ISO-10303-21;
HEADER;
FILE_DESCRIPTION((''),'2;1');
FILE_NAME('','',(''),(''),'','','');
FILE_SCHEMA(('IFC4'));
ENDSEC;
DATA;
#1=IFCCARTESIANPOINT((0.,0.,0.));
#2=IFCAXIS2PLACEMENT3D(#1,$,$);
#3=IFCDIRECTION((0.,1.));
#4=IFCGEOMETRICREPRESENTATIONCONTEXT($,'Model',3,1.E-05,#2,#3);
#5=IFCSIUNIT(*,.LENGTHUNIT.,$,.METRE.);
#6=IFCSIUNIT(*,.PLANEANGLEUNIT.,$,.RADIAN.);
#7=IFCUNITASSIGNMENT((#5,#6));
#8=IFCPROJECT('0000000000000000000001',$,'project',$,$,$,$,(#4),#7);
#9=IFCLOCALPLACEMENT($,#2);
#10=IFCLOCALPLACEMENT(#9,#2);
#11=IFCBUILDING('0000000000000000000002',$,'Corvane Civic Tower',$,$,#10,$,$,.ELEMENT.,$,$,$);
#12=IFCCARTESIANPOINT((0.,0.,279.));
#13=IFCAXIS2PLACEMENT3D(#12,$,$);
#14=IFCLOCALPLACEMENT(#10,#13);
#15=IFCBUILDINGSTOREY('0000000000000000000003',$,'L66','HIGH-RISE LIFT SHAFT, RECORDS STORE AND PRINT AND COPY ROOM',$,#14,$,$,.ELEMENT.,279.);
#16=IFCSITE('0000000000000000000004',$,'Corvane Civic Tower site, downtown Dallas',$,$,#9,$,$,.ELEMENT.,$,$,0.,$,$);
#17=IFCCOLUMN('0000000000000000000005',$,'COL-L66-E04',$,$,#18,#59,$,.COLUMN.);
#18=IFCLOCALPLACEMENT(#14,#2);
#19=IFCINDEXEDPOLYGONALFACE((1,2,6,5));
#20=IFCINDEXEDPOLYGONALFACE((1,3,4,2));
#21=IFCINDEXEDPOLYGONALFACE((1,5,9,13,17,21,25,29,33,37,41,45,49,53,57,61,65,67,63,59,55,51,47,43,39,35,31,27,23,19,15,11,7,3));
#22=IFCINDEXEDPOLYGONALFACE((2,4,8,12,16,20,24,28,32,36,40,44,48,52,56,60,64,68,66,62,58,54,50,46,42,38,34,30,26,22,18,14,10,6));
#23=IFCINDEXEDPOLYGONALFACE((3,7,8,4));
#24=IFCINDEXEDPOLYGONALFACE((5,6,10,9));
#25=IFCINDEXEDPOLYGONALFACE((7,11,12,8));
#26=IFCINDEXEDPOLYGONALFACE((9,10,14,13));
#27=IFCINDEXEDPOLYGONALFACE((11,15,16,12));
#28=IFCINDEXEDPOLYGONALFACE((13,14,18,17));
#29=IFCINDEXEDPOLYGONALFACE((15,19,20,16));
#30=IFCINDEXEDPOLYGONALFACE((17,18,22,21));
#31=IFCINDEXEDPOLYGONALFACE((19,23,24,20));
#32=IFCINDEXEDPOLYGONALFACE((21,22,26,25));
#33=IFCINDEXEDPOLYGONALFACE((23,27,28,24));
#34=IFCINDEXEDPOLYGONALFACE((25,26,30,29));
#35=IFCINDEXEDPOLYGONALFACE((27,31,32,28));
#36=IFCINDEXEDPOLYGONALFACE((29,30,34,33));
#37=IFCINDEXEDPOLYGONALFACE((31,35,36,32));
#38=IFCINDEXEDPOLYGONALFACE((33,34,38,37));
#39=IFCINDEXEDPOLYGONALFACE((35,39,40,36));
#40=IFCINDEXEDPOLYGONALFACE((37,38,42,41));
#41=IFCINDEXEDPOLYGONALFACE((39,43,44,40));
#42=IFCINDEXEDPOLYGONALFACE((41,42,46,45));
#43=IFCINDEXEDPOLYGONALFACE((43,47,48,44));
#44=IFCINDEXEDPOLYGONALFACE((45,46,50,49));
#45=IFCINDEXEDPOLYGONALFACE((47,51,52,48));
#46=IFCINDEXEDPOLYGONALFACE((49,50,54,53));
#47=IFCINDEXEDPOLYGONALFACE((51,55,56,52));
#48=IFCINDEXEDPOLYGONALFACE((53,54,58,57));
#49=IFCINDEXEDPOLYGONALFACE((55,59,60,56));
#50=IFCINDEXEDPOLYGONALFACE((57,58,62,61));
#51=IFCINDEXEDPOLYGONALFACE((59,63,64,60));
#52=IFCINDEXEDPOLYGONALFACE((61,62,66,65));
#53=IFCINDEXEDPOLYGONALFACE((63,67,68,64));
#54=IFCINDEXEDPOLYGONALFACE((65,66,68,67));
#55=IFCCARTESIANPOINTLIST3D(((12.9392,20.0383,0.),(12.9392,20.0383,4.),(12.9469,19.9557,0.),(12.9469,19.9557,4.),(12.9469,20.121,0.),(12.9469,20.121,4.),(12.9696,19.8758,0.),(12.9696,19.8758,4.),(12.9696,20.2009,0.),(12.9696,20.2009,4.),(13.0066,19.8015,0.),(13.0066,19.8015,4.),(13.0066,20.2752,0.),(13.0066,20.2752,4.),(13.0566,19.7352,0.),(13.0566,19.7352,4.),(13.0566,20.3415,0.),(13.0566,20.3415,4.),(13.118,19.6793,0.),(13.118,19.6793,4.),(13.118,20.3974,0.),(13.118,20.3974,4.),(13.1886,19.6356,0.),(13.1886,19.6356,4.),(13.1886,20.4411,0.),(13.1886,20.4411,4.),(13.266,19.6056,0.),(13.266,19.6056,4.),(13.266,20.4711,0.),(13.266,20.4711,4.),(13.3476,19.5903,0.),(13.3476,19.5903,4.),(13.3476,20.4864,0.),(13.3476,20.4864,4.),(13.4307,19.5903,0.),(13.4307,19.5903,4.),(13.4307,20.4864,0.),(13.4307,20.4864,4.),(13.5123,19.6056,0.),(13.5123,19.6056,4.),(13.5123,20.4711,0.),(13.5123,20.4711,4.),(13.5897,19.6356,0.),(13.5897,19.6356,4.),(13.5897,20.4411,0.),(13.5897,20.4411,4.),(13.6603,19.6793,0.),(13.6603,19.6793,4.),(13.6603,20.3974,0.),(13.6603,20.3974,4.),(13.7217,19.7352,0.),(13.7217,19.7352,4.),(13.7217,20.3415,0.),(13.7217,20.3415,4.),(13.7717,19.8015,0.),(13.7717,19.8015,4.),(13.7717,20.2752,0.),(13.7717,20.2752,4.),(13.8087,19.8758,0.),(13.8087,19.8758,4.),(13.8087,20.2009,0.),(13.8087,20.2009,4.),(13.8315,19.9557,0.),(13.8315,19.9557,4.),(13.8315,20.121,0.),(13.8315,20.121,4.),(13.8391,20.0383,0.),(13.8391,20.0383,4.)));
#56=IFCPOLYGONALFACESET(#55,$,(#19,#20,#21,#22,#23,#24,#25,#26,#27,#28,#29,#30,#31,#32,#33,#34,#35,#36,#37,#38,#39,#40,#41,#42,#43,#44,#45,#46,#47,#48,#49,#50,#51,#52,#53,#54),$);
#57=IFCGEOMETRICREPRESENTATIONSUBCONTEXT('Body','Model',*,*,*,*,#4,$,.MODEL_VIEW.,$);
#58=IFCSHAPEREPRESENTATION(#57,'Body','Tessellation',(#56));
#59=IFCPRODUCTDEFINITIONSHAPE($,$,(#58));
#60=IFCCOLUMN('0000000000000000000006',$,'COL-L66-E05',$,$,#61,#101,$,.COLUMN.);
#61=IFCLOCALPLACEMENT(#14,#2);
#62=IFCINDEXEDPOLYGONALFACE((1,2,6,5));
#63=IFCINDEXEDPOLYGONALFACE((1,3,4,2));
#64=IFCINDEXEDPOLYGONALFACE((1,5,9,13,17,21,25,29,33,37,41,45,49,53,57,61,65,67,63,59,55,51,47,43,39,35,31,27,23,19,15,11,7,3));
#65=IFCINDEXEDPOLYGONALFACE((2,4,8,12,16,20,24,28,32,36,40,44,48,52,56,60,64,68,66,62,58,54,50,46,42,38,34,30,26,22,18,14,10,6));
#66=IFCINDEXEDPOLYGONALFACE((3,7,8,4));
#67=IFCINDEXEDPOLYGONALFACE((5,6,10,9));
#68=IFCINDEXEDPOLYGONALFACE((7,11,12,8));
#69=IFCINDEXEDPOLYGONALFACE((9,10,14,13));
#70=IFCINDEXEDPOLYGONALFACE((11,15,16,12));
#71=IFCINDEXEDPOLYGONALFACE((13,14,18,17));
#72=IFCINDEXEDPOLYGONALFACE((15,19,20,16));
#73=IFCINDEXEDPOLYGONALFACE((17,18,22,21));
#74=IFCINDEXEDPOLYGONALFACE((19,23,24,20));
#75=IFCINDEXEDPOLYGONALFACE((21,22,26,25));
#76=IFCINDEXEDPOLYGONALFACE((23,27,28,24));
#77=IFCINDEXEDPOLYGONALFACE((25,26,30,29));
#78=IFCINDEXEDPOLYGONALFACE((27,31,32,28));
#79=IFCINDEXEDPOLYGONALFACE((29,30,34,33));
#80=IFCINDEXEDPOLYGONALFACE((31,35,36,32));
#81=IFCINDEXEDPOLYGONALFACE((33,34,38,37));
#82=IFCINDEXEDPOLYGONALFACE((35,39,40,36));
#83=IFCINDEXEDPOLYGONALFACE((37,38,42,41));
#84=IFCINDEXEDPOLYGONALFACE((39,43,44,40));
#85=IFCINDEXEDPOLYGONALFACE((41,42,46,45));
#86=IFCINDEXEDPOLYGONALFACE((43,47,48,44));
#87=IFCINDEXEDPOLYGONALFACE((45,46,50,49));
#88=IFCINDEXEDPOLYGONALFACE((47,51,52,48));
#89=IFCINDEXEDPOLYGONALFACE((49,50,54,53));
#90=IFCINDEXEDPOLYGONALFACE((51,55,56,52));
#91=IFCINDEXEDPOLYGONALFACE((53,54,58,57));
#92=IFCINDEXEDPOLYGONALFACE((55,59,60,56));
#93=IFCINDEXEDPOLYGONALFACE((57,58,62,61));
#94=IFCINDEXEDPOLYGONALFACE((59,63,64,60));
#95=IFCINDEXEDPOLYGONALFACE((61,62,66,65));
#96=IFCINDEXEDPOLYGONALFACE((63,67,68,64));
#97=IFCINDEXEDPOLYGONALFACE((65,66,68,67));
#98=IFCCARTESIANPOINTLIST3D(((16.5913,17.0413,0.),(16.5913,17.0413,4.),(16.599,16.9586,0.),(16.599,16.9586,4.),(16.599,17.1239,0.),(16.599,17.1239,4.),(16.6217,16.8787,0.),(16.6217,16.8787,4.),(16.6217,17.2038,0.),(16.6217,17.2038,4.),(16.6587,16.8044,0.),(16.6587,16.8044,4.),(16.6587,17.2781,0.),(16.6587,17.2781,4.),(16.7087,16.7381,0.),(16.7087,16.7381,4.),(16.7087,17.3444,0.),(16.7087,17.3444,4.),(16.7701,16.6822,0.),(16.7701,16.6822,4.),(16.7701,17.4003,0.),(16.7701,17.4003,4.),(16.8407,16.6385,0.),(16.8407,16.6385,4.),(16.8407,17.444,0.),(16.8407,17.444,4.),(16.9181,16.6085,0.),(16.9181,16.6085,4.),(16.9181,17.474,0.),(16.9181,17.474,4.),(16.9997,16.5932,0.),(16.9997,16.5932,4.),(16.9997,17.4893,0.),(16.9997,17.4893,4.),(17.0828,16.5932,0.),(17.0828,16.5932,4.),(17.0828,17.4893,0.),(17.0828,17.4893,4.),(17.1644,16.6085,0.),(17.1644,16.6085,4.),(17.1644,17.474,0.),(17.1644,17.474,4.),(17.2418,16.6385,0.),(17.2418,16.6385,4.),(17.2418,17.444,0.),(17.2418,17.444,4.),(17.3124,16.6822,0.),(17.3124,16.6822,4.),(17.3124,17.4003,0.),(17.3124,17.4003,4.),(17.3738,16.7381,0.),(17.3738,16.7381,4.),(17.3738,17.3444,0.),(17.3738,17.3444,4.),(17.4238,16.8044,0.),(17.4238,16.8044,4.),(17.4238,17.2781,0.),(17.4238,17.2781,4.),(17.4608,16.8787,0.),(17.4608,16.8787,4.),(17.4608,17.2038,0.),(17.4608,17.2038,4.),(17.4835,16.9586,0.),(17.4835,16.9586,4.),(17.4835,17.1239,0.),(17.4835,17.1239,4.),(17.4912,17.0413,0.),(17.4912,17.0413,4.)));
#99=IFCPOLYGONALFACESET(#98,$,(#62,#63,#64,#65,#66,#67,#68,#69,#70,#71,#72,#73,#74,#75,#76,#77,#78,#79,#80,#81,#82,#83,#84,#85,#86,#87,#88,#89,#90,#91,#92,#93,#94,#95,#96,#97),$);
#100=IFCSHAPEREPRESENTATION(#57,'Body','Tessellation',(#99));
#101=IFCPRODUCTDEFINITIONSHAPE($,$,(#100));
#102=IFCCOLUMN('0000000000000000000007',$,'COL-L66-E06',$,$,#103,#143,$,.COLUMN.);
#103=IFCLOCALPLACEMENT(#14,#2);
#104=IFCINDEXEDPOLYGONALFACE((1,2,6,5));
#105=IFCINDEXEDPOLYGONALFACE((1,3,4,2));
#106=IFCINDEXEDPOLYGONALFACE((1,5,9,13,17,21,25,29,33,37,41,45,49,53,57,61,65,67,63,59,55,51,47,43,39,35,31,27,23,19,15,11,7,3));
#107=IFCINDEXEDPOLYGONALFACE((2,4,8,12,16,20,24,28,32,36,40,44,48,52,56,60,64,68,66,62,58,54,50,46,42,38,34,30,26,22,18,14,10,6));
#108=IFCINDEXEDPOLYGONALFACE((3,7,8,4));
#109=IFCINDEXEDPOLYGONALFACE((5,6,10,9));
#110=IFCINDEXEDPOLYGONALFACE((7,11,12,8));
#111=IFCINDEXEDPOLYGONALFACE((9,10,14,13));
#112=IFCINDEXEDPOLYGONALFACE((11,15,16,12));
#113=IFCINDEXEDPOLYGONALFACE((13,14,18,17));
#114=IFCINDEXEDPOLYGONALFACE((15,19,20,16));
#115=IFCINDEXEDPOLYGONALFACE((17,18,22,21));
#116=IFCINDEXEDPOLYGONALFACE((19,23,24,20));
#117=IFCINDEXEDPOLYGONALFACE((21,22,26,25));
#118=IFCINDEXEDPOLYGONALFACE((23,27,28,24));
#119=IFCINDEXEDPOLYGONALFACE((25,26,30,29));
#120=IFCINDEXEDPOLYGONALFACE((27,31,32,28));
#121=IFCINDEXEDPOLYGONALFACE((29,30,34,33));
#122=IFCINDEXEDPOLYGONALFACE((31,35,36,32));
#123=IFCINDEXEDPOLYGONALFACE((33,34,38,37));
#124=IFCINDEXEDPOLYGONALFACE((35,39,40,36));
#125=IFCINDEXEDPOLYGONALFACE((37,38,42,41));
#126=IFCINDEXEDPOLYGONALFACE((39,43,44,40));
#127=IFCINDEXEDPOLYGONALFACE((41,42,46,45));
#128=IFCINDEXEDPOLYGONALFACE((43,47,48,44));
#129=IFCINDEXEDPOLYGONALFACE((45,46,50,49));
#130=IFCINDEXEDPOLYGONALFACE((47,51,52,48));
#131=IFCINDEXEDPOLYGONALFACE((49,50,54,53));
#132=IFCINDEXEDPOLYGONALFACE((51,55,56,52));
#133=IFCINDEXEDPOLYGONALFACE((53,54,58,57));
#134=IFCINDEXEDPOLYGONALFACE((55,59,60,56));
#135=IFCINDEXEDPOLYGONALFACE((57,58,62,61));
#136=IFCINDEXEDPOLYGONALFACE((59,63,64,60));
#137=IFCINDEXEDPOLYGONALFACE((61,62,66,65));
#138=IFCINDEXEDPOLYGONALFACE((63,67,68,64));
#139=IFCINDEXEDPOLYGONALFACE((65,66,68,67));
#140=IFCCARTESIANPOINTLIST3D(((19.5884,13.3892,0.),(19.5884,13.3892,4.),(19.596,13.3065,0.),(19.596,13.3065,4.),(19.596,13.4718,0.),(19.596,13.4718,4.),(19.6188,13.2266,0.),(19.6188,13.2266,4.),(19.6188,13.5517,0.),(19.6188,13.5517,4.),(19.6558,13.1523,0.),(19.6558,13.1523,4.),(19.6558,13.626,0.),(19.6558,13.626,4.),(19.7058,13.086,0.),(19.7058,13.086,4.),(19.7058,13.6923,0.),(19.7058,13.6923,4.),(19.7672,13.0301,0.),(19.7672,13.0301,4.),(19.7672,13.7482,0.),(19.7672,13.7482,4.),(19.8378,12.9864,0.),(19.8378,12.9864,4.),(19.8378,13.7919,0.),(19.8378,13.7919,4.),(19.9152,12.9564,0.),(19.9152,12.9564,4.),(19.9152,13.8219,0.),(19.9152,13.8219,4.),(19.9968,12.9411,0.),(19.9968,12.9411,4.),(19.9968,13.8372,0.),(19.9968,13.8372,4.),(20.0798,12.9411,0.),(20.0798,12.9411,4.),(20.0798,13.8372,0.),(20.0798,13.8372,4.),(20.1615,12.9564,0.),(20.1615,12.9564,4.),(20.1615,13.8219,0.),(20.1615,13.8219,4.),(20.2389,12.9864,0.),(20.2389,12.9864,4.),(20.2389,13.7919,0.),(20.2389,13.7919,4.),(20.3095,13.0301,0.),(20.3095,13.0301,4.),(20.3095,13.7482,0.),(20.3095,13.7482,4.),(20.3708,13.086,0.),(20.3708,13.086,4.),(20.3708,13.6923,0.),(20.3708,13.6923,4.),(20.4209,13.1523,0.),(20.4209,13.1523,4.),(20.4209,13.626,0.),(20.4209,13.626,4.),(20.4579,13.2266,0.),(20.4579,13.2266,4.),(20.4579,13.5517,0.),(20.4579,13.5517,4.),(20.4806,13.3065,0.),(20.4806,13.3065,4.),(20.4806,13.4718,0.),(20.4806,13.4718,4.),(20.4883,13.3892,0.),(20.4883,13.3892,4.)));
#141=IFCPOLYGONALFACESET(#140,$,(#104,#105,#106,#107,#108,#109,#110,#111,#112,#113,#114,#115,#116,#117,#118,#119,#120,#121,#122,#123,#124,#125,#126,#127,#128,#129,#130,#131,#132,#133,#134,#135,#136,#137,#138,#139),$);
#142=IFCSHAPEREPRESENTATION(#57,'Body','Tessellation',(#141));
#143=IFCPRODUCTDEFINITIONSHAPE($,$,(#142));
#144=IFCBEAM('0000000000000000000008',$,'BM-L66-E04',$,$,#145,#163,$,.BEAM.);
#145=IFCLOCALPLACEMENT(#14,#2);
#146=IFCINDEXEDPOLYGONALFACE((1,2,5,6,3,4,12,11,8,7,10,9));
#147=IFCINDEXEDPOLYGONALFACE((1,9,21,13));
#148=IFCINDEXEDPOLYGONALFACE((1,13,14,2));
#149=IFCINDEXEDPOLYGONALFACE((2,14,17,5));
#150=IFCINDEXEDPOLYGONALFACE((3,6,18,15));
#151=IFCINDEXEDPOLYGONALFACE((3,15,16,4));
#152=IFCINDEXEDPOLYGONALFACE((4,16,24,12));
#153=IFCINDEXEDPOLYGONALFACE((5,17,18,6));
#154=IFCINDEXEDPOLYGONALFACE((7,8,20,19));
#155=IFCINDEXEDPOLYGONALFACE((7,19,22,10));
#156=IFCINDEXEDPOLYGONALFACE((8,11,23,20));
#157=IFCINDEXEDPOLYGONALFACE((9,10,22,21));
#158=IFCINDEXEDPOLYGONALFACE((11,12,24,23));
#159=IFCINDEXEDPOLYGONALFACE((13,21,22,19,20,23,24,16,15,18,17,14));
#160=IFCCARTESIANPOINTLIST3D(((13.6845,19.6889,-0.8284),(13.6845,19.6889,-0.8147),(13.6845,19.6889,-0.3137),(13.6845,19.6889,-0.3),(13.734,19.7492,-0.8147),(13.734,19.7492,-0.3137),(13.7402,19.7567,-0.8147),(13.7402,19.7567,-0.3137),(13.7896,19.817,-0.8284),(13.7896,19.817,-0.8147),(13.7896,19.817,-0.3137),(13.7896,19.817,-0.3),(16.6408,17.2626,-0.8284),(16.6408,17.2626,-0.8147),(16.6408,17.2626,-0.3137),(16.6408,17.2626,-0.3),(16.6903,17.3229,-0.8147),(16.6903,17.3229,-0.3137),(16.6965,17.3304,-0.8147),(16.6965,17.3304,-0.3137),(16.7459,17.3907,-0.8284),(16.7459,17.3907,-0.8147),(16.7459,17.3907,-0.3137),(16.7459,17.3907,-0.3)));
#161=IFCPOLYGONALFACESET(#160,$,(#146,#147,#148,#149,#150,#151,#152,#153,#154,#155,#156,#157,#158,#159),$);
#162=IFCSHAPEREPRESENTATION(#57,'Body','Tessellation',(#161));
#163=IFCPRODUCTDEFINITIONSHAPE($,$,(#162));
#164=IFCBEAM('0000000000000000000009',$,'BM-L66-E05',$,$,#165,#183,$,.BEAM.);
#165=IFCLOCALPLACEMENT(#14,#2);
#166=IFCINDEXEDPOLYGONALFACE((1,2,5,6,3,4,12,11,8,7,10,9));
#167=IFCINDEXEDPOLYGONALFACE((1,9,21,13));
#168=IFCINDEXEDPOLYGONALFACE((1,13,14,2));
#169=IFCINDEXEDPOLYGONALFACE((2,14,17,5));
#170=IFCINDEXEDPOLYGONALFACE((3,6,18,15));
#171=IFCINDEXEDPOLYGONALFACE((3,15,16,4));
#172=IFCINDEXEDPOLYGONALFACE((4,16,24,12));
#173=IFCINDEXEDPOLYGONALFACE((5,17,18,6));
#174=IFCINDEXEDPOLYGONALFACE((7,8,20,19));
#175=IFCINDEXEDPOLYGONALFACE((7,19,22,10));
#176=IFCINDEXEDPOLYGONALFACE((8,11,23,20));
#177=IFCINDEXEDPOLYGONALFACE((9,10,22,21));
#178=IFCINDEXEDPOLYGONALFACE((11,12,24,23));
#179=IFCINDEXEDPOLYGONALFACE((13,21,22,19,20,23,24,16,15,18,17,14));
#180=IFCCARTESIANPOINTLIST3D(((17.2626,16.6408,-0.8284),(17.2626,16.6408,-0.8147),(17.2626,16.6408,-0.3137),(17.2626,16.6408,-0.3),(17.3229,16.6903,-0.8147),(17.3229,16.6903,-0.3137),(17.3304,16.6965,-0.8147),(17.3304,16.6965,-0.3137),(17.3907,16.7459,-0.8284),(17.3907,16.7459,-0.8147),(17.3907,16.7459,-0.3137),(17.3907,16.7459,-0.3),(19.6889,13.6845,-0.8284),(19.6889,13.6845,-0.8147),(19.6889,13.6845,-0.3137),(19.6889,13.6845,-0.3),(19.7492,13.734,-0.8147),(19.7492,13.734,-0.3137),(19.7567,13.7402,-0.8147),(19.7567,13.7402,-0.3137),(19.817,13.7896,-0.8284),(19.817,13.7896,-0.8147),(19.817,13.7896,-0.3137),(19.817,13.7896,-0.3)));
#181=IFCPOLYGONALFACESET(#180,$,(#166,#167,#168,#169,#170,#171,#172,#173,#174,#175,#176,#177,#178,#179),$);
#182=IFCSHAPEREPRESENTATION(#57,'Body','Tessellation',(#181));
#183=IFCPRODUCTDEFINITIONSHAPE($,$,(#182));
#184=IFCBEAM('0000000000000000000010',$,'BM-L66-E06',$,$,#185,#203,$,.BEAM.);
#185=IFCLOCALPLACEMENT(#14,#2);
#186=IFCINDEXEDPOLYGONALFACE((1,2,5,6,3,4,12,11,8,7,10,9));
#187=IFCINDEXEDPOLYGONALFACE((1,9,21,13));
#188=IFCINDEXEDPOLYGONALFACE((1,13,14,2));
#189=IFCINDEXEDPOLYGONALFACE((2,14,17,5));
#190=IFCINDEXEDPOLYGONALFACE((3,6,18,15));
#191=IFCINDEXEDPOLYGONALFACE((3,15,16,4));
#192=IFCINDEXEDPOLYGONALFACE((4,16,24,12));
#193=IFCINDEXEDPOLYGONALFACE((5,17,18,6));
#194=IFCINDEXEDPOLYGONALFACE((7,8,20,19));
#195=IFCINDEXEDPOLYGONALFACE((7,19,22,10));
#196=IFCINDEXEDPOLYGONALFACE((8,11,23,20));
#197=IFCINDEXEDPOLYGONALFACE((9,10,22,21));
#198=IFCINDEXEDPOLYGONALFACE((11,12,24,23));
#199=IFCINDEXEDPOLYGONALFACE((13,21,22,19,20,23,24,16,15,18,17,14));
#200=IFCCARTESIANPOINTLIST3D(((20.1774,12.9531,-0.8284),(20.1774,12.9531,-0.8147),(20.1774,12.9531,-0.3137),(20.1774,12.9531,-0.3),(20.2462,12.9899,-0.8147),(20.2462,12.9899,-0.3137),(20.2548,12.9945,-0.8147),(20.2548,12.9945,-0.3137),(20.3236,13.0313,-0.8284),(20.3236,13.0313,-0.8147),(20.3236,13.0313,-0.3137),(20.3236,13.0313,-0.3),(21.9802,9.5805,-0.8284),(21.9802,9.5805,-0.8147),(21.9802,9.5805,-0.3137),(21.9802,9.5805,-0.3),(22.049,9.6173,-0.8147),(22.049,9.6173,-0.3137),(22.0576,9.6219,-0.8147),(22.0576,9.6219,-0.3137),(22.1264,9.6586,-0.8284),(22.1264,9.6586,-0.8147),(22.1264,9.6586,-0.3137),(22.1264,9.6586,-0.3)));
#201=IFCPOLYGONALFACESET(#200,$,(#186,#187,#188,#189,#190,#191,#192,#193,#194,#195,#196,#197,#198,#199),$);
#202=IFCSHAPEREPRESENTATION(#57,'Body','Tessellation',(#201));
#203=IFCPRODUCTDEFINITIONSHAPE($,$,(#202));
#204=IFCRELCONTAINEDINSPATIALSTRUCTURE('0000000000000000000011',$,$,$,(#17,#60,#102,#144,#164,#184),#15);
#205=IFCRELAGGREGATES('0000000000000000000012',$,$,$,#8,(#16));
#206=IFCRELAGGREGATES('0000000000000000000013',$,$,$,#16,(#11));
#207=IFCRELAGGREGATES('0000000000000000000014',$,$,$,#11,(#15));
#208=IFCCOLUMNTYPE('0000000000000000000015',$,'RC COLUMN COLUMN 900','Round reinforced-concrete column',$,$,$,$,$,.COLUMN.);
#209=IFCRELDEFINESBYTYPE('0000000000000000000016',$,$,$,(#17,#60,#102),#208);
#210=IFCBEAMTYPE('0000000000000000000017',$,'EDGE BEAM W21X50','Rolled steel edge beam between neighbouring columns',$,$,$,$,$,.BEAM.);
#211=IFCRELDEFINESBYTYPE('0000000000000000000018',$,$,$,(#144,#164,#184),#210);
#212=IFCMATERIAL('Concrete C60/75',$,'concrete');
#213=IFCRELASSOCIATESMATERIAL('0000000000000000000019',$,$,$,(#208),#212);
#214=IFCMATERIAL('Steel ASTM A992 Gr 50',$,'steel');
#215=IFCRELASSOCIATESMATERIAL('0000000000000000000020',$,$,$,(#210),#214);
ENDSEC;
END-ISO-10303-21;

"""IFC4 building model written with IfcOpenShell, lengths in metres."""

from ifc_helpers import new_model, si_unit, direction, frame, origin, origin_2d, place, context, subcontext, project, spatial, circle, i_section, extrude, material, material_profile, profile_set, type_object, element, save


model = new_model("IFC4")

# Units and contexts
model_context = context("Model", 3, precision=1e-05, world=origin(), true_north=direction((0.0, 1.0)))
body_context = subcontext(model_context, "Body", "Model", "MODEL_VIEW")
ifc_project = project(units=[si_unit("LENGTHUNIT", "METRE"), si_unit("PLANEANGLEUNIT", "RADIAN")], contexts=[model_context])

# Site, building, storey
site_placement = place(None, origin())
site = spatial("IfcSite", under=ifc_project, at=site_placement, Name="Corvane Civic Tower site, downtown Dallas", CompositionType="ELEMENT", RefElevation=0.0)
building_placement = place(site_placement, origin())
building = spatial("IfcBuilding", under=site, at=building_placement, Name="Corvane Civic Tower", CompositionType="ELEMENT")
storey_placement = place(building_placement, frame((0.0, 0.0, 279.0)))
storey = spatial("IfcBuildingStorey", under=building, at=storey_placement, Name="L66", Description="HIGH-RISE LIFT SHAFT, RECORDS STORE AND PRINT AND COPY ROOM", CompositionType="ELEMENT", Elevation=279.0)

# Columns
ifc_material_1 = material(Name="Concrete C60/75", Category="concrete")
ifc_material_profile_1 = material_profile(ifc_material_1, circle(Radius=0.45, at=origin_2d()), Name="COLUMN 900")
ifc_profile_set_1 = profile_set([ifc_material_profile_1], Name="Concrete C60/75")
column_type = type_object("IfcColumnType", Name="RC COLUMN COLUMN 900", Description="Round reinforced-concrete column", PredefinedType="COLUMN", material=ifc_profile_set_1)
for number, where, z_axis, x_axis, name in (
    (1, (13.3892, 20.0383, 0.0), (0.0, 0.0, 1.0), (1.0, 0.0, 0.0), "COL-L66-E04"),
    (2, (17.0413, 17.0413, 0.0), (0.0, 0.0, 1.0), (1.0, 0.0, 0.0), "COL-L66-E05"),
    (3, (20.0383, 13.3892, 0.0), (0.0, 0.0, 1.0), (1.0, 0.0, 0.0), "COL-L66-E06"),
):
    element("IfcColumn", number, at=place(storey_placement, frame(where, z_axis=z_axis, x_axis=x_axis)), inside=storey, type_object=column_type, Name=name, PredefinedType="COLUMN", context=body_context, shape_type="SweptSolid", body=[
        extrude(circle(Radius=0.45, at=origin_2d()), origin(), (0.0, 0.0, 1.0), 4.0),
    ])

# Beams
ifc_material_2 = material(Name="Steel ASTM A992 Gr 50", Category="steel")
ifc_material_profile_2 = material_profile(ifc_material_2, i_section(OverallWidth=0.1658, OverallDepth=0.5283, WebThickness=0.0098, FlangeThickness=0.0137, at=origin_2d()), Name="W21X50")
ifc_profile_set_2 = profile_set([ifc_material_profile_2], Name="Steel ASTM A992 Gr 50")
beam_type_1 = type_object("IfcBeamType", Name="EDGE BEAM W21X50", Description="Rolled steel edge beam between neighbouring columns", PredefinedType="BEAM", material=ifc_profile_set_2)
for number, where, z_axis, x_axis, name in (
    (4, (13.7371, 19.7529, -0.5642), (0.772998, -0.634409, 0.0), (0.634409, 0.772998, 0.0), "BM-L66-E04"),
    (5, (17.3267, 16.6934, -0.5642), (0.634409, -0.772998, 0.0), (0.772998, 0.634409, 0.0), "BM-L66-E05"),
):
    element("IfcBeam", number, at=place(storey_placement, frame(where, z_axis=z_axis, x_axis=x_axis)), inside=storey, type_object=beam_type_1, Name=name, PredefinedType="BEAM", context=body_context, shape_type="SweptSolid", body=[
        extrude(i_section(OverallWidth=0.1658, OverallDepth=0.5283, WebThickness=0.0098, FlangeThickness=0.0137, at=origin_2d()), origin(), (0.0, 0.0, 1.0), 3.8245),
    ])
beam_1_placement = place(storey_placement, frame((20.2505, 12.9922, -0.5642), z_axis=(0.47141, -0.881914, 0.0), x_axis=(0.881914, 0.47141, 0.0)))
element("IfcBeam", 6, at=beam_1_placement, inside=storey, type_object=beam_type_1, Name="BM-L66-E06", PredefinedType="BEAM", context=body_context, shape_type="SweptSolid", body=[
    extrude(i_section(OverallWidth=0.1658, OverallDepth=0.5283, WebThickness=0.0098, FlangeThickness=0.0137, at=origin_2d()), origin(), (0.0, 0.0, 1.0), 3.8242),
])

save(model, "model.ifc")
